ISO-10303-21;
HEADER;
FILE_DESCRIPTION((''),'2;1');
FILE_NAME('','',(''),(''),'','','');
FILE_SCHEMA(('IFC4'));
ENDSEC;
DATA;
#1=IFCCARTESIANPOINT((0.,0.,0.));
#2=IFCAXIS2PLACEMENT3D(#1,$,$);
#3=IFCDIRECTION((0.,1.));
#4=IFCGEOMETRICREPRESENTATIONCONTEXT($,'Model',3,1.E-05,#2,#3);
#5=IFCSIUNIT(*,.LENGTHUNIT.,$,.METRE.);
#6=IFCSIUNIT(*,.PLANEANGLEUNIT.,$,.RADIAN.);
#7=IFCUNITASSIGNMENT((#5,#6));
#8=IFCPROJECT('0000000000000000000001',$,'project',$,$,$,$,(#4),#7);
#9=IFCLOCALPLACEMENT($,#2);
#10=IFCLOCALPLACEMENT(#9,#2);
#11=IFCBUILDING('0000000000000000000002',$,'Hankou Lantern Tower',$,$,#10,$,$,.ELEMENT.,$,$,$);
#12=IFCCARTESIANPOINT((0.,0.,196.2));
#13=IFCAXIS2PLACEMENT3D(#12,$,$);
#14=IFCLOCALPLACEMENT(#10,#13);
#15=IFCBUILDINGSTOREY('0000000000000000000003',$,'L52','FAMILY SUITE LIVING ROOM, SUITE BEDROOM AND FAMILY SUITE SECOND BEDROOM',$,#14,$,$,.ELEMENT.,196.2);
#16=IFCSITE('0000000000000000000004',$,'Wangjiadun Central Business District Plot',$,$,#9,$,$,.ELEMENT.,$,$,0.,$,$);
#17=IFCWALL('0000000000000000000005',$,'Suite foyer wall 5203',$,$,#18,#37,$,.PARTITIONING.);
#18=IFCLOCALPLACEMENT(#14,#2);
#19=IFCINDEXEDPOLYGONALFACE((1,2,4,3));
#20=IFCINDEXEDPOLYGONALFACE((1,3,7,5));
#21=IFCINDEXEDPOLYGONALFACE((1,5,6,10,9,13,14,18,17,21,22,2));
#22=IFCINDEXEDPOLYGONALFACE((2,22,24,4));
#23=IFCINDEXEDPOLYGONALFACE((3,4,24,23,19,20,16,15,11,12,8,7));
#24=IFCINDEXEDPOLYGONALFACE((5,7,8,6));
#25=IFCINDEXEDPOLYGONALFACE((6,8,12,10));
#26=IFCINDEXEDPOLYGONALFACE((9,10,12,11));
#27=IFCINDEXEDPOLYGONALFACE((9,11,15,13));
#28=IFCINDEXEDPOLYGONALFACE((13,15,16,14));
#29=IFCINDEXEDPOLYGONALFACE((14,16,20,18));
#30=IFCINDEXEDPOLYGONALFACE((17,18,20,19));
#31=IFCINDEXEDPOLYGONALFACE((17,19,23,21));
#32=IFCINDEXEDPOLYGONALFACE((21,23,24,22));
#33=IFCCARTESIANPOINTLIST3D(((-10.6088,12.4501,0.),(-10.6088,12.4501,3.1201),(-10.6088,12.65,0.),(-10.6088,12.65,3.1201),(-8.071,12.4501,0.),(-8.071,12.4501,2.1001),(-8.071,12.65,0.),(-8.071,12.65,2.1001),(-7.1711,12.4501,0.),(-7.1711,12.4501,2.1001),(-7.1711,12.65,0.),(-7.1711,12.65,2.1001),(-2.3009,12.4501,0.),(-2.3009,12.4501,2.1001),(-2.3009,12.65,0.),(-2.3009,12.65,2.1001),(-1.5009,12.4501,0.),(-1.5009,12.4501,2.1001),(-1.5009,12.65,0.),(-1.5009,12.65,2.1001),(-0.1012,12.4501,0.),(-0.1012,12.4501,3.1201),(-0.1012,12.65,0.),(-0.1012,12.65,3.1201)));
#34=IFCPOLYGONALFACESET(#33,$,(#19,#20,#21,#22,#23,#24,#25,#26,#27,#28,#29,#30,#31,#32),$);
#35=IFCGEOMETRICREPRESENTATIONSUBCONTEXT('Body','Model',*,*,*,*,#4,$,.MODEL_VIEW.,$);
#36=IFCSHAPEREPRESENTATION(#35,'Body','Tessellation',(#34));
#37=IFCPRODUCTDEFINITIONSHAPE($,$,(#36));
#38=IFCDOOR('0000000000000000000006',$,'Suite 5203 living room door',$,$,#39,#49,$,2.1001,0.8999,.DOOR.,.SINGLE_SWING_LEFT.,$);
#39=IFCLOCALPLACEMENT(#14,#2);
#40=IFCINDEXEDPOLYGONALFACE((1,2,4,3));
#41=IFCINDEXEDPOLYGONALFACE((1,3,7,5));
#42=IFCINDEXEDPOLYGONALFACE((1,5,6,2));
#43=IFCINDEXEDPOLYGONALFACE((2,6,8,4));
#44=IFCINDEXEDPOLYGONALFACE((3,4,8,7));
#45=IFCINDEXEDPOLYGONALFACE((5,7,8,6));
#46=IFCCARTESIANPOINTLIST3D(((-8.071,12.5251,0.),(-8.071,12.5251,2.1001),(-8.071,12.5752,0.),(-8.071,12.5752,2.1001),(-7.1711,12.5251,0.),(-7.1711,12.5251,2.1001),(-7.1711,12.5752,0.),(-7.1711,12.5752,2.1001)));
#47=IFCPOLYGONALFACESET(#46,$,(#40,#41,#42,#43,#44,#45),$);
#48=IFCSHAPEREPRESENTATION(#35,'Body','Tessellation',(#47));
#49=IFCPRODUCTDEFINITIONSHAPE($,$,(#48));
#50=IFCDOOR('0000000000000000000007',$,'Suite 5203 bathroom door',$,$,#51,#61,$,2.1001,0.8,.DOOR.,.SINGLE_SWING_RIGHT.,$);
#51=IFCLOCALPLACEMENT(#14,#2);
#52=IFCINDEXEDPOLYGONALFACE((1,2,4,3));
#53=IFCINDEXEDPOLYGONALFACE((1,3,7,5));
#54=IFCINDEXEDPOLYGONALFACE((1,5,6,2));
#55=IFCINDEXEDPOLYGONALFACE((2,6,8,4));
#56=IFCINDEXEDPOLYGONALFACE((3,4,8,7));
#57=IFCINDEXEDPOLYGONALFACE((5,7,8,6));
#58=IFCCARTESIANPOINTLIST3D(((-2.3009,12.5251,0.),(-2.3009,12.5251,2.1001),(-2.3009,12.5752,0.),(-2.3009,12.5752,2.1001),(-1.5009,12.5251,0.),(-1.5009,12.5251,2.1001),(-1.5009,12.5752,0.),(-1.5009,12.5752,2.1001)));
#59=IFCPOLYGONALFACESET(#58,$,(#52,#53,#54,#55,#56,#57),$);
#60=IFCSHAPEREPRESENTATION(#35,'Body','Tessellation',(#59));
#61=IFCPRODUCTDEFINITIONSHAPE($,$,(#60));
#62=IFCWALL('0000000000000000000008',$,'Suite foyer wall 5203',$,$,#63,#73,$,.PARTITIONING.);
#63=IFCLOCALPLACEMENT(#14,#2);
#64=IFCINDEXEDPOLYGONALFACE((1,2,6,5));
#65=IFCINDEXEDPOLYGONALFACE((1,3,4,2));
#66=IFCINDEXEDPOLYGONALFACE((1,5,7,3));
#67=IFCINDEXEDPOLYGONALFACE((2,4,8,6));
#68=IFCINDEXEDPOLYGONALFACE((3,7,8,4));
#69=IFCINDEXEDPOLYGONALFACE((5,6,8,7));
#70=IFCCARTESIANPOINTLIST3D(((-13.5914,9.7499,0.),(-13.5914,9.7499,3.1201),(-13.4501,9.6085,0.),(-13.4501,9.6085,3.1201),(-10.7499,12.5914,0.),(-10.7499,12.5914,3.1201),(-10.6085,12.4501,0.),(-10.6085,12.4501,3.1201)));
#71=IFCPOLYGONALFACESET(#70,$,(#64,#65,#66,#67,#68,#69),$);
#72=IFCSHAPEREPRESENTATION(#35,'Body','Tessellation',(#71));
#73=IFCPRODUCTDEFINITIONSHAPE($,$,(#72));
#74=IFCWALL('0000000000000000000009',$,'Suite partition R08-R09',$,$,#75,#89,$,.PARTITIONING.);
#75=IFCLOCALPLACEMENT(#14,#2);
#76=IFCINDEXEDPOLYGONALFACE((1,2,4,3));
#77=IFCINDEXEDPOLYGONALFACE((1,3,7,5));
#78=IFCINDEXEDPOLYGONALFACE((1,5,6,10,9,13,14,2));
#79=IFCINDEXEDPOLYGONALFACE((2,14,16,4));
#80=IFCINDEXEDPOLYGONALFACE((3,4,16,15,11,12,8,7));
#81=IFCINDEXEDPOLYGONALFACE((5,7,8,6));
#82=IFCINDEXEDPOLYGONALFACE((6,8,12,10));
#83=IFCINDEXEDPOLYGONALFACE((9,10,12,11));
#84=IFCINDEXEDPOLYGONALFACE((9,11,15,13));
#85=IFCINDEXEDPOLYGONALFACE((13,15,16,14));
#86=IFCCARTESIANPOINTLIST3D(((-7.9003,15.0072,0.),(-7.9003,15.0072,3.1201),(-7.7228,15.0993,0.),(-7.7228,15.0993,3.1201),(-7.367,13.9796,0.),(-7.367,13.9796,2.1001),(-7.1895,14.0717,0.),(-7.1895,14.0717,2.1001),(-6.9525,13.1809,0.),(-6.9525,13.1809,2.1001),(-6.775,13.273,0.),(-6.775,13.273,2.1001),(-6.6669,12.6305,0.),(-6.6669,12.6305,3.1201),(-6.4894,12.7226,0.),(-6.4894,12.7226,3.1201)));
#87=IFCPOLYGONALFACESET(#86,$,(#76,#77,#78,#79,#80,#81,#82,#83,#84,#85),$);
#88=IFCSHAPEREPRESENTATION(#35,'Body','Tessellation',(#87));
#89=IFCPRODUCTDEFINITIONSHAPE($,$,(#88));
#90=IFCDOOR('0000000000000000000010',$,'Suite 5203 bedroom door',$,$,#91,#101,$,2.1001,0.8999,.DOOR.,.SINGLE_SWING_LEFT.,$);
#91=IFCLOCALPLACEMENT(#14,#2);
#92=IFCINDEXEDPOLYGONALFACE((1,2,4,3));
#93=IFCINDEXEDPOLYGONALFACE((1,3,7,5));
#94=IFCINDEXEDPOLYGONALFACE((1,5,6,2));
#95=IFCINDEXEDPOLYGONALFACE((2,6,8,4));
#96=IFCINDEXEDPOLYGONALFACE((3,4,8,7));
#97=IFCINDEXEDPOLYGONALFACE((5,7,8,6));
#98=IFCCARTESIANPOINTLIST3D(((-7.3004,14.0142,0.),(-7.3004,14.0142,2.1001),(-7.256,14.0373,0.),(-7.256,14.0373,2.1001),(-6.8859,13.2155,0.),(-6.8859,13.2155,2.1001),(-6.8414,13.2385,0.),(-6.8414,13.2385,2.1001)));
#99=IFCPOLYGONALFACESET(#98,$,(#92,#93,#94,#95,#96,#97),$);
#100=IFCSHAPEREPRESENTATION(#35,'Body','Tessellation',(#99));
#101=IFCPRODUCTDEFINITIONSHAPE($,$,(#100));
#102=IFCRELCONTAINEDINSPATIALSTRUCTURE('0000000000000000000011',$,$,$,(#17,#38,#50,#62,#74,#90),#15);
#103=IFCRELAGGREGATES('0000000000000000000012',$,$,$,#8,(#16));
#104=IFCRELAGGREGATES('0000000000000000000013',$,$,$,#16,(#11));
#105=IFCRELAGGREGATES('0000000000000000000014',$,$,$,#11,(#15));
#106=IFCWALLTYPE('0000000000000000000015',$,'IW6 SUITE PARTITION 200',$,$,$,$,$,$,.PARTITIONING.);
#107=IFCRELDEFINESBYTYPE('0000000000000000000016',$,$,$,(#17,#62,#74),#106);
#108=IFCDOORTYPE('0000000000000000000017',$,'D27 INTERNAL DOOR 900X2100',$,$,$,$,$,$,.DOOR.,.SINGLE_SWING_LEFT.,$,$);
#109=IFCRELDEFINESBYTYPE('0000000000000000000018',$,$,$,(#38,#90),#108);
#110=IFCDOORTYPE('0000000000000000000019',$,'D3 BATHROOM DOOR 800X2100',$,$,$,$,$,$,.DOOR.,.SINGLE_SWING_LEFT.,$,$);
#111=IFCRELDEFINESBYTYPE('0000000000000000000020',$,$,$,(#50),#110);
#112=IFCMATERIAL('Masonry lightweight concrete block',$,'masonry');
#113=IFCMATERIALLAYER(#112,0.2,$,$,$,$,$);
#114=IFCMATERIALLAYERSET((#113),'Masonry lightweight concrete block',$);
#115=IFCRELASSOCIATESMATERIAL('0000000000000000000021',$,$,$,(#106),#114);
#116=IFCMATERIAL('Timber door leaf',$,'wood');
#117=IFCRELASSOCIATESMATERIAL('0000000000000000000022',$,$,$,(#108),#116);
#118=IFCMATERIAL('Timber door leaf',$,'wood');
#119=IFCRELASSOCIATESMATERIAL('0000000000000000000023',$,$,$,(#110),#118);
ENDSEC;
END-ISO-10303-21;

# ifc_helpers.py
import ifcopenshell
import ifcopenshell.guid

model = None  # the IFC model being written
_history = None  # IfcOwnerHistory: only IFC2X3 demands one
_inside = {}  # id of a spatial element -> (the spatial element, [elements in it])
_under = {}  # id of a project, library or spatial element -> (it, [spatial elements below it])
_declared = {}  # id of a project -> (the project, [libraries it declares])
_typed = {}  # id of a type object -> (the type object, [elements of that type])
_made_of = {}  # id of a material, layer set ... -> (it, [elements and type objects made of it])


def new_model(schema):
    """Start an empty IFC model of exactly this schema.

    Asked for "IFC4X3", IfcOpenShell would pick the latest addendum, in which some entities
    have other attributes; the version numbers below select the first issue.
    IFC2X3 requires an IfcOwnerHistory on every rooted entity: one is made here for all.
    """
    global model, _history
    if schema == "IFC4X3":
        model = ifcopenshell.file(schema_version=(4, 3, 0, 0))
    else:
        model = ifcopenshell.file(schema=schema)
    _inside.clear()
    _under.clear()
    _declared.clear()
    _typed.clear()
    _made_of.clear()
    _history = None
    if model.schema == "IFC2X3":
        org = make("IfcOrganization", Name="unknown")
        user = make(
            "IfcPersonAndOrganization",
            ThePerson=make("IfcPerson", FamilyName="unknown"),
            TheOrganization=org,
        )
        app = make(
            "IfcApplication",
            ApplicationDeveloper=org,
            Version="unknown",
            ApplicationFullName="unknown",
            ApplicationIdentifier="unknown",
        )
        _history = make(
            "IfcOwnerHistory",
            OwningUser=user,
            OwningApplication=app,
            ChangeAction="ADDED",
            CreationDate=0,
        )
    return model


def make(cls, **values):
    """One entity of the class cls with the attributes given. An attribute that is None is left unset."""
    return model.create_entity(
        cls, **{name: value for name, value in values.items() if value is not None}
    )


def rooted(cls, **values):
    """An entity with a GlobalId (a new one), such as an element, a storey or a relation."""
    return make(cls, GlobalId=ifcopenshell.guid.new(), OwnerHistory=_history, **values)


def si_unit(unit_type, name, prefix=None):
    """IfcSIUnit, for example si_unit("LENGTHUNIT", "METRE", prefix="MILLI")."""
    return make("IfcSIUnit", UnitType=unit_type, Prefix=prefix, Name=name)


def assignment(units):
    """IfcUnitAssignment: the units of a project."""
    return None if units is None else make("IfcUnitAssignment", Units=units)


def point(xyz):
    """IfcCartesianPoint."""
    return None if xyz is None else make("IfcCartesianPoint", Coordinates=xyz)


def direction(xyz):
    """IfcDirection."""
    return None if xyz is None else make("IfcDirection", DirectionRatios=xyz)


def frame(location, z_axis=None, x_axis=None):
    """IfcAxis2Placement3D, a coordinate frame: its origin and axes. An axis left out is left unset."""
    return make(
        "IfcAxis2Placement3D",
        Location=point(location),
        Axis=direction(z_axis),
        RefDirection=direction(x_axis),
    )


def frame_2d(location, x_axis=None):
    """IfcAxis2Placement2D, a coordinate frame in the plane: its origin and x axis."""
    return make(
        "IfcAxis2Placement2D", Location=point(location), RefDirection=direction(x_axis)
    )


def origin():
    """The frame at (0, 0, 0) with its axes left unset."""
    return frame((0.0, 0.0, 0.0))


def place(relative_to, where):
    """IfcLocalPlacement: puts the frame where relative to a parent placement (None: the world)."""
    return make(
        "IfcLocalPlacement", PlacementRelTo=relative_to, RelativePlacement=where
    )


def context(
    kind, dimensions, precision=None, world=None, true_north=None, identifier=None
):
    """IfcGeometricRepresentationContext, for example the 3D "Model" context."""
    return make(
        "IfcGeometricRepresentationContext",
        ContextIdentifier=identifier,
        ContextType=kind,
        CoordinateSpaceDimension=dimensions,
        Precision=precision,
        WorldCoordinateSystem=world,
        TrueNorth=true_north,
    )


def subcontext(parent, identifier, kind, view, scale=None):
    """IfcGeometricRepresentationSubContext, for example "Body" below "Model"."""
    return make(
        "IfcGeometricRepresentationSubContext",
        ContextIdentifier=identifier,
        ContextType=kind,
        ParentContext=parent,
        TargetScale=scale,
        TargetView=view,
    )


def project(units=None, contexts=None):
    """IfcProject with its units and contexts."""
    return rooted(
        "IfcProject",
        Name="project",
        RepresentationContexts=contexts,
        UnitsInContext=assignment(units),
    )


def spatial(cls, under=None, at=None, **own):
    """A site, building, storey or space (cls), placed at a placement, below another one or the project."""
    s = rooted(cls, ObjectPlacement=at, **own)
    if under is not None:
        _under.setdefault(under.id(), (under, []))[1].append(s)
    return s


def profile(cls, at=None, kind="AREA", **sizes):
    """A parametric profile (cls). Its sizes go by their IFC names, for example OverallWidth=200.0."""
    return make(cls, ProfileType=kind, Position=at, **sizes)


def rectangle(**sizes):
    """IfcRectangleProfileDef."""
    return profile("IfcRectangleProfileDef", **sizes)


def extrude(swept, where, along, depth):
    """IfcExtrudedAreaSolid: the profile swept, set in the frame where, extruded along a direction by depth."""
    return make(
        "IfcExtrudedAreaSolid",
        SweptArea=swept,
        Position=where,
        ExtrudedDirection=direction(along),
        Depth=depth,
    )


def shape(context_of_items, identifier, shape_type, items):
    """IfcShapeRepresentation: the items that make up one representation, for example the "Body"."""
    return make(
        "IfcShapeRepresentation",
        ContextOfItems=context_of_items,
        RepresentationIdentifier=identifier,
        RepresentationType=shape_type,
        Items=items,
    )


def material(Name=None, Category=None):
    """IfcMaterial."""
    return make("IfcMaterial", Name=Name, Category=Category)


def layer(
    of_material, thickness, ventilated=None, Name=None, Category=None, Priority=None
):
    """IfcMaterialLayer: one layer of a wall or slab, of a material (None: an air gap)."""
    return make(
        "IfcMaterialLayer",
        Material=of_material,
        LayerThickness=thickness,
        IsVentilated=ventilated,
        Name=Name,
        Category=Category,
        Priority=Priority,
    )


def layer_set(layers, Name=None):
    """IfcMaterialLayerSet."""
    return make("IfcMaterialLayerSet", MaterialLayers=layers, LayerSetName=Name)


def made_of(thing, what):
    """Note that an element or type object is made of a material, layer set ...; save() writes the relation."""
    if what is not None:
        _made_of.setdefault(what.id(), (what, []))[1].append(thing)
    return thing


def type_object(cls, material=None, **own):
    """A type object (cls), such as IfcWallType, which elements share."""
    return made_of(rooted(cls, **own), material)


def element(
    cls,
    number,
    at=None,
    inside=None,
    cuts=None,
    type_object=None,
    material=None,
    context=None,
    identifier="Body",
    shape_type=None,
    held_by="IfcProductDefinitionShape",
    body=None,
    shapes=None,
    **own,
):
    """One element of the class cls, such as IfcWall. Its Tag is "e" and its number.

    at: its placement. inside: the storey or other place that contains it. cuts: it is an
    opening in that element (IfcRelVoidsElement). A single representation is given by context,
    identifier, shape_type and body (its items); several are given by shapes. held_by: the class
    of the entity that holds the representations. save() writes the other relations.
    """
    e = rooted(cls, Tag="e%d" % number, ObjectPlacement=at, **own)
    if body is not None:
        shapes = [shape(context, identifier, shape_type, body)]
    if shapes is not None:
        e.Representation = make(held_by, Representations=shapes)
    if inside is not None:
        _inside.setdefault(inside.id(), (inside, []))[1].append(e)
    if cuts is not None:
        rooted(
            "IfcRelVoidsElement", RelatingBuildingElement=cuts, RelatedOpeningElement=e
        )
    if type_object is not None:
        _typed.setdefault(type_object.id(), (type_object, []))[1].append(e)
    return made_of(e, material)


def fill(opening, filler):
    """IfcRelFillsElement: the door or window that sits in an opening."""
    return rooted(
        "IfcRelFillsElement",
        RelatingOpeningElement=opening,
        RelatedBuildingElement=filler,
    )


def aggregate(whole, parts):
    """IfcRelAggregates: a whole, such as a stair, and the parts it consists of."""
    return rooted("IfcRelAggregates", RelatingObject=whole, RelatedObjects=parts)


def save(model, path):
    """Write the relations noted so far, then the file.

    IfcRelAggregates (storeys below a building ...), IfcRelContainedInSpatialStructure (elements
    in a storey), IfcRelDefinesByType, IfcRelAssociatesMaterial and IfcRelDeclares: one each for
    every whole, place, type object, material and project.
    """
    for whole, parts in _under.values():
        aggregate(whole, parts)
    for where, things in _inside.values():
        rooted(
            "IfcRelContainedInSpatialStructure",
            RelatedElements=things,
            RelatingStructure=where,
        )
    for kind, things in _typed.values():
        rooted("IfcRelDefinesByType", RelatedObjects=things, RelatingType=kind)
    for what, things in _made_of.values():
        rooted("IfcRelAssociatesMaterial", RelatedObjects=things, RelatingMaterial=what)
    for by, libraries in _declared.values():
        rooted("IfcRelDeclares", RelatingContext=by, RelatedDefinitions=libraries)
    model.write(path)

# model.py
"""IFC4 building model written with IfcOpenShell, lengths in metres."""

from ifc_helpers import new_model, si_unit, direction, frame, frame_2d, origin, place, context, subcontext, project, spatial, rectangle, extrude, material, layer, layer_set, type_object, element, fill, save


model = new_model("IFC4")

# Units and contexts
model_context = context("Model", 3, precision=1e-05, world=origin(), true_north=direction((0.0, 1.0)))
body_context = subcontext(model_context, "Body", "Model", "MODEL_VIEW")
ifc_project = project(units=[si_unit("LENGTHUNIT", "METRE"), si_unit("PLANEANGLEUNIT", "RADIAN")], contexts=[model_context])

# Site, building, storey
site_placement = place(None, origin())
site = spatial("IfcSite", under=ifc_project, at=site_placement, Name="Wangjiadun Central Business District Plot", CompositionType="ELEMENT", RefElevation=0.0)
building_placement = place(site_placement, origin())
building = spatial("IfcBuilding", under=site, at=building_placement, Name="Hankou Lantern Tower", CompositionType="ELEMENT")
storey_placement = place(building_placement, frame((0.0, 0.0, 196.2)))
storey = spatial("IfcBuildingStorey", under=building, at=storey_placement, Name="L52", Description="FAMILY SUITE LIVING ROOM, SUITE BEDROOM AND FAMILY SUITE SECOND BEDROOM", CompositionType="ELEMENT", Elevation=196.2)

# Wall, openings, doors
ifc_material_1 = material(Name="Masonry lightweight concrete block", Category="masonry")
ifc_layer_1 = layer(ifc_material_1, 0.2)
ifc_layer_set_1 = layer_set([ifc_layer_1], Name="Masonry lightweight concrete block")
wall_type_1 = type_object("IfcWallType", Name="IW6 SUITE PARTITION 200", PredefinedType="PARTITIONING", material=ifc_layer_set_1)
wall_1_placement = place(storey_placement, frame((-0.1011, 12.55, 0.0), z_axis=(0.0, 0.0, 1.0), x_axis=(-1.0, 0.0, 0.0)))
wall_1 = element("IfcWall", 1, at=wall_1_placement, inside=storey, type_object=wall_type_1, Name="Suite foyer wall 5203", PredefinedType="PARTITIONING", context=body_context, shape_type="SweptSolid", body=[
    extrude(rectangle(XDim=10.5076, YDim=0.2, at=frame_2d((5.2539, 0.0))), origin(), (0.0, 0.0, 1.0), 3.1201),
])
opening_1_placement = place(wall_1_placement, frame((1.3999, 0.0, 0.0)))
opening_1 = element("IfcOpeningElement", 2, at=opening_1_placement, cuts=wall_1, PredefinedType="OPENING", context=body_context, shape_type="SweptSolid", body=[
    extrude(rectangle(XDim=0.8, YDim=2.1001, at=frame_2d((0.3999, 1.05))), frame((0.0, 0.1099, 0.0), z_axis=(0.0, -1.0, 0.0), x_axis=(1.0, 0.0, 0.0)), (0.0, 0.0, 1.0), 0.22),
])
opening_2_placement = place(wall_1_placement, frame((7.0701, 0.0, 0.0)))
opening_2 = element("IfcOpeningElement", 3, at=opening_2_placement, cuts=wall_1, PredefinedType="OPENING", context=body_context, shape_type="SweptSolid", body=[
    extrude(rectangle(XDim=0.8999, YDim=2.1001, at=frame_2d((0.45, 1.05))), frame((0.0, 0.1099, 0.0), z_axis=(0.0, -1.0, 0.0), x_axis=(1.0, 0.0, 0.0)), (0.0, 0.0, 1.0), 0.22),
])
ifc_material_2 = material(Name="Timber door leaf", Category="wood")
door_type_1 = type_object("IfcDoorType", Name="D27 INTERNAL DOOR 900X2100", OperationType="SINGLE_SWING_LEFT", PredefinedType="DOOR", material=ifc_material_2)
door_1_placement = place(opening_2_placement, origin())
door_1 = element("IfcDoor", 4, at=door_1_placement, inside=storey, type_object=door_type_1, Name="Suite 5203 living room door", OperationType="SINGLE_SWING_LEFT", OverallHeight=2.1001, OverallWidth=0.8999, PredefinedType="DOOR", context=body_context, shape_type="SweptSolid", body=[
    extrude(rectangle(XDim=0.8999, YDim=2.1001, at=frame_2d((0.45, 1.05))), frame((0.0, 0.0249, 0.0), z_axis=(0.0, -1.0, 0.0), x_axis=(1.0, 0.0, 0.0)), (0.0, 0.0, 1.0), 0.05),
])
fill(opening_2, door_1)
ifc_material_3 = material(Name="Timber door leaf", Category="wood")
door_type_2 = type_object("IfcDoorType", Name="D3 BATHROOM DOOR 800X2100", OperationType="SINGLE_SWING_LEFT", PredefinedType="DOOR", material=ifc_material_3)
door_2_placement = place(opening_1_placement, origin())
door_2 = element("IfcDoor", 5, at=door_2_placement, inside=storey, type_object=door_type_2, Name="Suite 5203 bathroom door", OperationType="SINGLE_SWING_RIGHT", OverallHeight=2.1001, OverallWidth=0.8, PredefinedType="DOOR", context=body_context, shape_type="SweptSolid", body=[
    extrude(rectangle(XDim=0.8, YDim=2.1001, at=frame_2d((0.3999, 1.05))), frame((0.0, 0.0249, 0.0), z_axis=(0.0, -1.0, 0.0), x_axis=(1.0, 0.0, 0.0)), (0.0, 0.0, 1.0), 0.05),
])
fill(opening_1, door_2)

# Wall
wall_2_placement = place(storey_placement, frame((-10.6792, 12.5208, 0.0), z_axis=(0.0, 0.0, 1.0), x_axis=(-0.707107, -0.707107, 0.0)))
element("IfcWall", 6, at=wall_2_placement, inside=storey, type_object=wall_type_1, Name="Suite foyer wall 5203", PredefinedType="PARTITIONING", context=body_context, shape_type="SweptSolid", body=[
    extrude(rectangle(XDim=4.0186, YDim=0.2, at=frame_2d((2.0093, 0.0))), origin(), (0.0, 0.0, 1.0), 3.1201),
])

# Wall, opening, door
wall_3_placement = place(storey_placement, frame((-6.5781, 12.6765, 0.0), z_axis=(0.0, 0.0, 1.0), x_axis=(-0.460621, 0.887597, 0.0)))
wall_3 = element("IfcWall", 7, at=wall_3_placement, inside=storey, type_object=wall_type_1, Name="Suite partition R08-R09", PredefinedType="PARTITIONING", context=body_context, shape_type="SweptSolid", body=[
    extrude(rectangle(XDim=2.6777, YDim=0.2, at=frame_2d((1.3389, 0.0))), origin(), (0.0, 0.0, 1.0), 3.1201),
])
opening_3_placement = place(wall_3_placement, frame((0.6201, 0.0, 0.0)))
opening_3 = element("IfcOpeningElement", 8, at=opening_3_placement, cuts=wall_3, PredefinedType="OPENING", context=body_context, shape_type="SweptSolid", body=[
    extrude(rectangle(XDim=0.8999, YDim=2.1001, at=frame_2d((0.45, 1.05))), frame((0.0, 0.1099, 0.0), z_axis=(0.0, -1.0, 0.0), x_axis=(1.0, 0.0, 0.0)), (0.0, 0.0, 1.0), 0.22),
])
door_3_placement = place(opening_3_placement, origin())
door_3 = element("IfcDoor", 9, at=door_3_placement, inside=storey, type_object=door_type_1, Name="Suite 5203 bedroom door", OperationType="SINGLE_SWING_LEFT", OverallHeight=2.1001, OverallWidth=0.8999, PredefinedType="DOOR", context=body_context, shape_type="SweptSolid", body=[
    extrude(rectangle(XDim=0.8999, YDim=2.1001, at=frame_2d((0.45, 1.05))), frame((0.0, 0.0249, 0.0), z_axis=(0.0, -1.0, 0.0), x_axis=(1.0, 0.0, 0.0)), (0.0, 0.0, 1.0), 0.05),
])
fill(opening_3, door_3)

save(model, "model.ifc")
